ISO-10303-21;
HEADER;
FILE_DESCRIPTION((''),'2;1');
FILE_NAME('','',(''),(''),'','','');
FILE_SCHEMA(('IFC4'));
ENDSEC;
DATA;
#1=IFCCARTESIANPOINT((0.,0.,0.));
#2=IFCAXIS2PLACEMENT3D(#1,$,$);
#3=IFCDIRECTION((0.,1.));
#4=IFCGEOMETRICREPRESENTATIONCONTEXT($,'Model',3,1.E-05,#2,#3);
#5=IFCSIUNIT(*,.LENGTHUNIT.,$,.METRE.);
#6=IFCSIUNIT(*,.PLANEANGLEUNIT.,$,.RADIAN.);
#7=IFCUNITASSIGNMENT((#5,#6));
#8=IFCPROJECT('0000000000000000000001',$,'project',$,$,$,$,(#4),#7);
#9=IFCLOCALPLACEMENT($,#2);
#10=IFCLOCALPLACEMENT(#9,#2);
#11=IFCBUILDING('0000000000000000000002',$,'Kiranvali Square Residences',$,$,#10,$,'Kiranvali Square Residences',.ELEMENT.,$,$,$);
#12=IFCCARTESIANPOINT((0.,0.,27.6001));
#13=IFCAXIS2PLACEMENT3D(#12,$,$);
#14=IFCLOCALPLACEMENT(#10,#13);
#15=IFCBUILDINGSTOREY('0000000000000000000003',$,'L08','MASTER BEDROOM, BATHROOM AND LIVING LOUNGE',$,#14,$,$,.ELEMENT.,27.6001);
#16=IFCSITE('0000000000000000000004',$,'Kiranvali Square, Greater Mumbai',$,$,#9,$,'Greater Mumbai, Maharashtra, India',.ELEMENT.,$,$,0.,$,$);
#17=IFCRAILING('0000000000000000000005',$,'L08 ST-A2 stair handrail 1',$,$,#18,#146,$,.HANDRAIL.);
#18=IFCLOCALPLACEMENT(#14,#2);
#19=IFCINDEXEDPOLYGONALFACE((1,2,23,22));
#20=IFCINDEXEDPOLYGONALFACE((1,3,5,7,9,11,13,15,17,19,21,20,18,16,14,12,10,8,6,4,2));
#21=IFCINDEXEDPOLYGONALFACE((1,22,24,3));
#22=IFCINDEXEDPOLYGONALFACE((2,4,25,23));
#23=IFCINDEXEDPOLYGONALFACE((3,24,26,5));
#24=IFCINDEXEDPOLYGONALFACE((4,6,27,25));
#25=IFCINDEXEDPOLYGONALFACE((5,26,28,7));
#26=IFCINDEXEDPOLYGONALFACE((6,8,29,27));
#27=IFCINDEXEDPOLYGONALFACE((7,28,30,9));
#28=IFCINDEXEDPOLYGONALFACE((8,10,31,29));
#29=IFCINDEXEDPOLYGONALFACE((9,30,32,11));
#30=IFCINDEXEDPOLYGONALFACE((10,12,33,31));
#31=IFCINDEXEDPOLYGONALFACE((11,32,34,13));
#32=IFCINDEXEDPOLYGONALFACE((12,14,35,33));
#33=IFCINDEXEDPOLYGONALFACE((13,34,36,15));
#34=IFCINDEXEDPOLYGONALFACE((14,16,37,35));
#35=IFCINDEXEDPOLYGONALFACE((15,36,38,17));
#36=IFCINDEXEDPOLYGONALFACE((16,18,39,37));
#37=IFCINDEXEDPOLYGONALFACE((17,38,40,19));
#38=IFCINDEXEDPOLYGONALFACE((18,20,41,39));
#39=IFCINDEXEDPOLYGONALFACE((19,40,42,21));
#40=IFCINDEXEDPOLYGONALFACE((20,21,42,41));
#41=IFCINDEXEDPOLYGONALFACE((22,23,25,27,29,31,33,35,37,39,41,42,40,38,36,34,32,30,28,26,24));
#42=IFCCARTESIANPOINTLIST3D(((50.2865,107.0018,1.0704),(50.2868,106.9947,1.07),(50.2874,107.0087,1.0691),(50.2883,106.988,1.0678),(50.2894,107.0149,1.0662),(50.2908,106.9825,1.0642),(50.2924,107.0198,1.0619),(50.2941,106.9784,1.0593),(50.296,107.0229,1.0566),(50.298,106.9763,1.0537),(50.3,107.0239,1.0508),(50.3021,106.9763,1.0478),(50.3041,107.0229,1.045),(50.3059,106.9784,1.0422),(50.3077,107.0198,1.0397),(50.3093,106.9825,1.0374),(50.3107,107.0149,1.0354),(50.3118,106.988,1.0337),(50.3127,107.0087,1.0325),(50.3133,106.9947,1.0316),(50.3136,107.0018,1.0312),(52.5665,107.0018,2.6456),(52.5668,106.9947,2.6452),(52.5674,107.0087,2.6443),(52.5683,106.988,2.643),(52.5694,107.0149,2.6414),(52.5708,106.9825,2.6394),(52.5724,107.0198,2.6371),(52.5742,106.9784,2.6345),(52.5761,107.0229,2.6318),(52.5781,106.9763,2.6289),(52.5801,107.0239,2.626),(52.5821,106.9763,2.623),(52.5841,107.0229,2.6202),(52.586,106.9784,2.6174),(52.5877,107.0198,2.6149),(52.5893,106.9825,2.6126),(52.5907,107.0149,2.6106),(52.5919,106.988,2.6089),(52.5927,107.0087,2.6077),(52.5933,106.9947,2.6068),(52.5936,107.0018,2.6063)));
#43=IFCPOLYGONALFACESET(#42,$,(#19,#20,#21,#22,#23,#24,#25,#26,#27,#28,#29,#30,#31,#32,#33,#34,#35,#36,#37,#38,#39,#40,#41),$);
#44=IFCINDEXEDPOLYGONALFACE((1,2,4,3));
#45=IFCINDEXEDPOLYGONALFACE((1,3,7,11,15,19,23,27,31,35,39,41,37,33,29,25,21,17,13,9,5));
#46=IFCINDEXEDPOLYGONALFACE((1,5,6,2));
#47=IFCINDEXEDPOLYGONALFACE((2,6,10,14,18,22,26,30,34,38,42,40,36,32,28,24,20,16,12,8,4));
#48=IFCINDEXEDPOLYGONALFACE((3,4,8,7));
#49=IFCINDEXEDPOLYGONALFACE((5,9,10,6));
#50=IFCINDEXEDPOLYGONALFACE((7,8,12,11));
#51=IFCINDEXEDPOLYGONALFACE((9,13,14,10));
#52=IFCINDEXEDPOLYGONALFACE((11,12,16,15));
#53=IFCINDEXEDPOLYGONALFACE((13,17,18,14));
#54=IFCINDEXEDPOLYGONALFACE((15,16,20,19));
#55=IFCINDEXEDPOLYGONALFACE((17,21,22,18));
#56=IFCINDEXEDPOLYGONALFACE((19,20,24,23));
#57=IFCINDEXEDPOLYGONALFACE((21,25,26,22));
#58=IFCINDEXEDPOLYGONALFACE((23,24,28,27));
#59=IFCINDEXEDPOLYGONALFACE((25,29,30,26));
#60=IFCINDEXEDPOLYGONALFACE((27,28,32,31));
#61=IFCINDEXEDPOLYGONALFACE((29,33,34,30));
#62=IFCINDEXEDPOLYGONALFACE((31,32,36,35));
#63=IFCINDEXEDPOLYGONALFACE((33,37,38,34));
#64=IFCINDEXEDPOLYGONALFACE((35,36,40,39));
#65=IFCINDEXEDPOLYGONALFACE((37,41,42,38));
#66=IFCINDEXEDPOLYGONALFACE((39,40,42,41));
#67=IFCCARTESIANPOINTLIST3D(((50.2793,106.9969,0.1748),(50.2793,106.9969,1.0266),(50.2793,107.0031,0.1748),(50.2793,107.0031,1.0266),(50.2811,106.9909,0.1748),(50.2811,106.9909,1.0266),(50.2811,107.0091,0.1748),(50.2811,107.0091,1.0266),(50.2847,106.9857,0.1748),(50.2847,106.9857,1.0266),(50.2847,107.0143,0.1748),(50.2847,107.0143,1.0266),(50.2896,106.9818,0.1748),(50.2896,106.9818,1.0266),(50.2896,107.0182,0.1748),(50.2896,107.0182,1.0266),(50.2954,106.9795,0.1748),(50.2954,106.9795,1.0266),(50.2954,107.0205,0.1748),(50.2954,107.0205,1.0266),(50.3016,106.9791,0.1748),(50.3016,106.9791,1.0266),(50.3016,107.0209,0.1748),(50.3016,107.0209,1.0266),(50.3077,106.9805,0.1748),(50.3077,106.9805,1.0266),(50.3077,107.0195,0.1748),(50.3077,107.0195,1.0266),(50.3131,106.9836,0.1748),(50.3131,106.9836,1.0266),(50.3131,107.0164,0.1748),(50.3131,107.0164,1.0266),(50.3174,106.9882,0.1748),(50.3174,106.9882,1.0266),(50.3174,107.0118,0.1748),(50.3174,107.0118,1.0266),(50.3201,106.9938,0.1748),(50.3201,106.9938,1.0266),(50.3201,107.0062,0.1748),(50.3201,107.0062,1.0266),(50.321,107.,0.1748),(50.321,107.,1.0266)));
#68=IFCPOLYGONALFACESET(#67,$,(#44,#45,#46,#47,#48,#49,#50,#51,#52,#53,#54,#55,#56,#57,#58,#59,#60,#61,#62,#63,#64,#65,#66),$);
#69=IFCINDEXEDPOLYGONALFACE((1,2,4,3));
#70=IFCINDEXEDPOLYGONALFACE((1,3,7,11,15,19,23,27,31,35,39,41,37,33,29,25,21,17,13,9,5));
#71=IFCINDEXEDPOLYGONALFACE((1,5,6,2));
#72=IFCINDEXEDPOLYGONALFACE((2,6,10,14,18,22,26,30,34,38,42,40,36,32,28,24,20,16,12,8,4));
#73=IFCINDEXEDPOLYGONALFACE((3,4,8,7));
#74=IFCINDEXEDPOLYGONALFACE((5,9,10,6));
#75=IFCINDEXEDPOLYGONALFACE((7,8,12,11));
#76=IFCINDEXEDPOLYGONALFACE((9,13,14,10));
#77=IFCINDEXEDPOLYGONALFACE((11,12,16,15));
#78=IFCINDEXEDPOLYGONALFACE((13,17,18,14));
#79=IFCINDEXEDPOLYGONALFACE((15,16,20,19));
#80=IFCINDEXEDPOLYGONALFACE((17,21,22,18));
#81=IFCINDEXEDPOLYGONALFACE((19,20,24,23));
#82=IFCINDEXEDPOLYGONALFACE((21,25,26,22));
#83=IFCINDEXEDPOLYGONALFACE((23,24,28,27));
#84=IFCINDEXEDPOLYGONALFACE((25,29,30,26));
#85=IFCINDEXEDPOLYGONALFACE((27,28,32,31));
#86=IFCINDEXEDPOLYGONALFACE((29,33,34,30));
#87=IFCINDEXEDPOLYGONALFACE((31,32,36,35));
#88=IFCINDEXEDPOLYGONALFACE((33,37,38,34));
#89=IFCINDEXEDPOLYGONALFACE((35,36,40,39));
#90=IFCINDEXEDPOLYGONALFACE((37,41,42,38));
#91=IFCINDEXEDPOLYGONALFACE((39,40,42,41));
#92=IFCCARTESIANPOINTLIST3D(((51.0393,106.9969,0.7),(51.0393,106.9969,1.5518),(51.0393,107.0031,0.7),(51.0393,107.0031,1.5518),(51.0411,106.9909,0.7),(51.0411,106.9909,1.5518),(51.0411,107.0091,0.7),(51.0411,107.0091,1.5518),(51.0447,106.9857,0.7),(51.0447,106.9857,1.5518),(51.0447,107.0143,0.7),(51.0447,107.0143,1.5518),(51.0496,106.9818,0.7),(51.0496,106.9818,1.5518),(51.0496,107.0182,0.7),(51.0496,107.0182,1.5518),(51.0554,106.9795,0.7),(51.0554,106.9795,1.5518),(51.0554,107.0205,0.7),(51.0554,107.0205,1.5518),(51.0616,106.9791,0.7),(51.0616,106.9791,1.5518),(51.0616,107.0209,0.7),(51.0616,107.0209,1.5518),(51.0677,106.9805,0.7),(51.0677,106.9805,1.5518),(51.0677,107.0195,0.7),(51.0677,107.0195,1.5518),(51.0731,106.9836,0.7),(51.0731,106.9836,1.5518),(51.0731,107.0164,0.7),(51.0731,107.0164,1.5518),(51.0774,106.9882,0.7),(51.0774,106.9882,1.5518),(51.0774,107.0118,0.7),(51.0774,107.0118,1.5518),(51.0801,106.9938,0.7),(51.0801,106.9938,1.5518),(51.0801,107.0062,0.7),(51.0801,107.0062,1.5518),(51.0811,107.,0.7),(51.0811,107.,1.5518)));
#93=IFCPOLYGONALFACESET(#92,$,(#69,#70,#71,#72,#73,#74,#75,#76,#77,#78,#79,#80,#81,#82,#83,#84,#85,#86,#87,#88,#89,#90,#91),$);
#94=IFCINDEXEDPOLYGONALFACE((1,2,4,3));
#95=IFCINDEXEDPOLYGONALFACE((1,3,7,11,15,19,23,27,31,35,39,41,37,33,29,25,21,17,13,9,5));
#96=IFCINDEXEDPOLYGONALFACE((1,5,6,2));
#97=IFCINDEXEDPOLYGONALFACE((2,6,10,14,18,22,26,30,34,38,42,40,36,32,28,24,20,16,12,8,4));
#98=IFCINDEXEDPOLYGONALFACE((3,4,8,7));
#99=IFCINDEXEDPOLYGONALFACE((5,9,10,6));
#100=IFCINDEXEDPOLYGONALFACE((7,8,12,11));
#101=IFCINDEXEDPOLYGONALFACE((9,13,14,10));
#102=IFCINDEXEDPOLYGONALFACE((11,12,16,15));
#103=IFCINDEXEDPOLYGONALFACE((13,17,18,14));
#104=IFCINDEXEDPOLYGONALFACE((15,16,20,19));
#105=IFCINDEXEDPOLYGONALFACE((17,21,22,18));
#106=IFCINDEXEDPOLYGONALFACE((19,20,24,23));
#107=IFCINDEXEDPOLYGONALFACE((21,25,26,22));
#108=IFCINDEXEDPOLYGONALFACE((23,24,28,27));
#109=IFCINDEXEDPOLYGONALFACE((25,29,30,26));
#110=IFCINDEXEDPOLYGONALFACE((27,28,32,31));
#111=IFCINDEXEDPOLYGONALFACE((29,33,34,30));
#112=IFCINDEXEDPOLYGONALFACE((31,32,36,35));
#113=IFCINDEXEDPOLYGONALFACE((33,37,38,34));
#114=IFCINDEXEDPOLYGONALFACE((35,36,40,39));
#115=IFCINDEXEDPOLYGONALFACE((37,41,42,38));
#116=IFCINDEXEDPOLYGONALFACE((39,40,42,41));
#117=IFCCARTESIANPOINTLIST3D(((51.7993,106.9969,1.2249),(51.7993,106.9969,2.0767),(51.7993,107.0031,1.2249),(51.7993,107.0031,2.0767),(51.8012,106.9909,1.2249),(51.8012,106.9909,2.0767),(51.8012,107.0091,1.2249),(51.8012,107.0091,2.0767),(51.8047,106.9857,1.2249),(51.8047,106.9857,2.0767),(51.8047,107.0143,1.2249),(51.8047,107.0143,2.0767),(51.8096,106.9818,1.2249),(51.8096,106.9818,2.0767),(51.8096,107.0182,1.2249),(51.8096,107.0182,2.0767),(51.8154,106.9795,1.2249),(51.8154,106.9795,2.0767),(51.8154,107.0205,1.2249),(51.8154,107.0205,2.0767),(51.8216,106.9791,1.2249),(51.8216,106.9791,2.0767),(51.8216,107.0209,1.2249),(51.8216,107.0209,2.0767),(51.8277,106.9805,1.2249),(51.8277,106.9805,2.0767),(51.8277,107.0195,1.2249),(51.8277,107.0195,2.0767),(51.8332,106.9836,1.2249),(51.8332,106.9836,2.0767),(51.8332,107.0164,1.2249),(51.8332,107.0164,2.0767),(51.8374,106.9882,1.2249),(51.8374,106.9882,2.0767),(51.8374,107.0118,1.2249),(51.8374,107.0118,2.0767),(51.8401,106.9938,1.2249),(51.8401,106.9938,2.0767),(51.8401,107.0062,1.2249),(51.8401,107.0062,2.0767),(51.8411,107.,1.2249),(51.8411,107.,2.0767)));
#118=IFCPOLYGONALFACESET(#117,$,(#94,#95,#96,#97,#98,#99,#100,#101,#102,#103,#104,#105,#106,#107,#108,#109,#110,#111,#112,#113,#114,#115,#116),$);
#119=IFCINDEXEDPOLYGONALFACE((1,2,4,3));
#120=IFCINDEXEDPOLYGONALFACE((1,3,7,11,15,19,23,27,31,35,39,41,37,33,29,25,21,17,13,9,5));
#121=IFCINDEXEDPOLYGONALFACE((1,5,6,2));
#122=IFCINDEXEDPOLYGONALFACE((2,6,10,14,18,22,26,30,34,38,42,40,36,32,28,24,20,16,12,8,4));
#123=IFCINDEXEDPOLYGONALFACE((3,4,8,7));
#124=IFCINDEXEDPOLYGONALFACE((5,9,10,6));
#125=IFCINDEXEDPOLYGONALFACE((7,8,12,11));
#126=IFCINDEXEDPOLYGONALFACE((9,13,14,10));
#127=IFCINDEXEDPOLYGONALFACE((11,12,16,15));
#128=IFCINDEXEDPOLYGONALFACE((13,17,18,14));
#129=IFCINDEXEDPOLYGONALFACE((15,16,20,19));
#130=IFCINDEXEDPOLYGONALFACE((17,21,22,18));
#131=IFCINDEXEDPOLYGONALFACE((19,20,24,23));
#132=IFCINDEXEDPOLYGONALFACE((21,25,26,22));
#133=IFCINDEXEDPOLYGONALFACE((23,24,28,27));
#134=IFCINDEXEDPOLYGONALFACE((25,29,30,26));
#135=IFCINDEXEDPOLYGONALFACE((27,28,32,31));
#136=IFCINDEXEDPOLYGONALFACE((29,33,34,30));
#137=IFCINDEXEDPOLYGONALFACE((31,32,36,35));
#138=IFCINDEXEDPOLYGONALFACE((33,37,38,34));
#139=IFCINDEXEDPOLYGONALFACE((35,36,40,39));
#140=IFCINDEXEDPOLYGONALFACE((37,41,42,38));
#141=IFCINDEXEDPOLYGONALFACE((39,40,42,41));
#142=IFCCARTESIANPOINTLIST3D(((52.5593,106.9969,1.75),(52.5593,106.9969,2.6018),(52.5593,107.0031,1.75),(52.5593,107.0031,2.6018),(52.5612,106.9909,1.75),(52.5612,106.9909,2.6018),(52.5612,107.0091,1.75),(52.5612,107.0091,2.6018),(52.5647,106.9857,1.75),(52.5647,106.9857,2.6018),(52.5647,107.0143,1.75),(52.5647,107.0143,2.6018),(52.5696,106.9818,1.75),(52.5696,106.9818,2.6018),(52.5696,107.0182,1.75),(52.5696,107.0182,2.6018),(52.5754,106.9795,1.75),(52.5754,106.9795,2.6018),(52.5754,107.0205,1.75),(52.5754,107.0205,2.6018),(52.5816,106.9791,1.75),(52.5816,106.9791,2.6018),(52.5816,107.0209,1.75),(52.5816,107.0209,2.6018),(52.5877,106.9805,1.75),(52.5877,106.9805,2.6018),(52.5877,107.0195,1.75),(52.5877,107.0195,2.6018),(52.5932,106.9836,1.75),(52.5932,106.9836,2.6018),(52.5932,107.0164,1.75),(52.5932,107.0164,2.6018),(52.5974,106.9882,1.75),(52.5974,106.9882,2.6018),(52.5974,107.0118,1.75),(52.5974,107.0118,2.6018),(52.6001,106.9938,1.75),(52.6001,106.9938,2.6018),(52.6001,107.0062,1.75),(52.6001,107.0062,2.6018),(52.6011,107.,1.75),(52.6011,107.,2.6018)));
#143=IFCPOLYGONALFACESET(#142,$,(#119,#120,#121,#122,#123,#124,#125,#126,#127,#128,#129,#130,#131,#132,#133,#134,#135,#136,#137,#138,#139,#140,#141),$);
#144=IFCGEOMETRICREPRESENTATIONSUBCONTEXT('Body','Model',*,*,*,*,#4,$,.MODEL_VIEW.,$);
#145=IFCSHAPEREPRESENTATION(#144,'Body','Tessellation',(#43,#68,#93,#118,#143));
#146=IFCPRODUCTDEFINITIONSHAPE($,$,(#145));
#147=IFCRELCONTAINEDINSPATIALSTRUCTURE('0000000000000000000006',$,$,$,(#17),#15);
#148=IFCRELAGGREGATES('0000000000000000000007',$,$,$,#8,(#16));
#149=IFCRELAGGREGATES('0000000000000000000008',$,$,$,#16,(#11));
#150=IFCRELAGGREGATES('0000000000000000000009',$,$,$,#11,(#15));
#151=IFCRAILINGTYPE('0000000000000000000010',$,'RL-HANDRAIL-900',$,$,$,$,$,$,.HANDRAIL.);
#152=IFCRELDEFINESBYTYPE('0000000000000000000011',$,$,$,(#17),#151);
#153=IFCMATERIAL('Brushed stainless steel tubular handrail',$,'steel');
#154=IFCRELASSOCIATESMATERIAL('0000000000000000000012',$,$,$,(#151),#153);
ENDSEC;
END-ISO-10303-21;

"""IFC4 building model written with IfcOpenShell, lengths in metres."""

from ifc_helpers import new_model, si_unit, direction, frame, origin, origin_2d, place, context, subcontext, project, spatial, circle, extrude, material, type_object, element, save


model = new_model("IFC4")

# Units and contexts
model_context = context("Model", 3, precision=1e-05, world=origin(), true_north=direction((0.0, 1.0)))
body_context = subcontext(model_context, "Body", "Model", "MODEL_VIEW")
ifc_project = project(units=[si_unit("LENGTHUNIT", "METRE"), si_unit("PLANEANGLEUNIT", "RADIAN")], contexts=[model_context])

# Site, building, storey
site_placement = place(None, origin())
site = spatial("IfcSite", under=ifc_project, at=site_placement, Name="Kiranvali Square, Greater Mumbai", LongName="Greater Mumbai, Maharashtra, India", CompositionType="ELEMENT", RefElevation=0.0)
building_placement = place(site_placement, origin())
building = spatial("IfcBuilding", under=site, at=building_placement, Name="Kiranvali Square Residences", LongName="Kiranvali Square Residences", CompositionType="ELEMENT")
storey_placement = place(building_placement, frame((0.0, 0.0, 27.6001)))
storey = spatial("IfcBuildingStorey", under=building, at=storey_placement, Name="L08", Description="MASTER BEDROOM, BATHROOM AND LIVING LOUNGE", CompositionType="ELEMENT", Elevation=27.6001)

# Railing
ifc_material_1 = material(Name="Brushed stainless steel tubular handrail", Category="steel")
railing_type_1 = type_object("IfcRailingType", Name="RL-HANDRAIL-900", PredefinedType="HANDRAIL", material=ifc_material_1)
railing_1_placement = place(storey_placement, frame((50.3, 107.0, 0.1748)))
element("IfcRailing", 1, at=railing_1_placement, inside=storey, type_object=railing_type_1, Name="L08 ST-A2 stair handrail 1", PredefinedType="HANDRAIL", context=body_context, shape_type="SweptSolid", body=[
    extrude(circle(Radius=0.0239, at=origin_2d()), frame((0.0, 0.0, 0.876), z_axis=(0.822747, 0.0, 0.568408), x_axis=(0.0, 1.0, 0.0)), (0.0, 0.0, 1.0), 2.7712),
    extrude(circle(Radius=0.021, at=origin_2d()), origin(), (0.0, 0.0, 1.0), 0.8518),
    extrude(circle(Radius=0.021, at=origin_2d()), frame((0.76, 0.0, 0.5251)), (0.0, 0.0, 1.0), 0.8518),
    extrude(circle(Radius=0.021, at=origin_2d()), frame((1.52, 0.0, 1.05)), (0.0, 0.0, 1.0), 0.8518),
    extrude(circle(Radius=0.021, at=origin_2d()), frame((2.28, 0.0, 1.5752)), (0.0, 0.0, 1.0), 0.8518),
])

save(model, "model.ifc")
